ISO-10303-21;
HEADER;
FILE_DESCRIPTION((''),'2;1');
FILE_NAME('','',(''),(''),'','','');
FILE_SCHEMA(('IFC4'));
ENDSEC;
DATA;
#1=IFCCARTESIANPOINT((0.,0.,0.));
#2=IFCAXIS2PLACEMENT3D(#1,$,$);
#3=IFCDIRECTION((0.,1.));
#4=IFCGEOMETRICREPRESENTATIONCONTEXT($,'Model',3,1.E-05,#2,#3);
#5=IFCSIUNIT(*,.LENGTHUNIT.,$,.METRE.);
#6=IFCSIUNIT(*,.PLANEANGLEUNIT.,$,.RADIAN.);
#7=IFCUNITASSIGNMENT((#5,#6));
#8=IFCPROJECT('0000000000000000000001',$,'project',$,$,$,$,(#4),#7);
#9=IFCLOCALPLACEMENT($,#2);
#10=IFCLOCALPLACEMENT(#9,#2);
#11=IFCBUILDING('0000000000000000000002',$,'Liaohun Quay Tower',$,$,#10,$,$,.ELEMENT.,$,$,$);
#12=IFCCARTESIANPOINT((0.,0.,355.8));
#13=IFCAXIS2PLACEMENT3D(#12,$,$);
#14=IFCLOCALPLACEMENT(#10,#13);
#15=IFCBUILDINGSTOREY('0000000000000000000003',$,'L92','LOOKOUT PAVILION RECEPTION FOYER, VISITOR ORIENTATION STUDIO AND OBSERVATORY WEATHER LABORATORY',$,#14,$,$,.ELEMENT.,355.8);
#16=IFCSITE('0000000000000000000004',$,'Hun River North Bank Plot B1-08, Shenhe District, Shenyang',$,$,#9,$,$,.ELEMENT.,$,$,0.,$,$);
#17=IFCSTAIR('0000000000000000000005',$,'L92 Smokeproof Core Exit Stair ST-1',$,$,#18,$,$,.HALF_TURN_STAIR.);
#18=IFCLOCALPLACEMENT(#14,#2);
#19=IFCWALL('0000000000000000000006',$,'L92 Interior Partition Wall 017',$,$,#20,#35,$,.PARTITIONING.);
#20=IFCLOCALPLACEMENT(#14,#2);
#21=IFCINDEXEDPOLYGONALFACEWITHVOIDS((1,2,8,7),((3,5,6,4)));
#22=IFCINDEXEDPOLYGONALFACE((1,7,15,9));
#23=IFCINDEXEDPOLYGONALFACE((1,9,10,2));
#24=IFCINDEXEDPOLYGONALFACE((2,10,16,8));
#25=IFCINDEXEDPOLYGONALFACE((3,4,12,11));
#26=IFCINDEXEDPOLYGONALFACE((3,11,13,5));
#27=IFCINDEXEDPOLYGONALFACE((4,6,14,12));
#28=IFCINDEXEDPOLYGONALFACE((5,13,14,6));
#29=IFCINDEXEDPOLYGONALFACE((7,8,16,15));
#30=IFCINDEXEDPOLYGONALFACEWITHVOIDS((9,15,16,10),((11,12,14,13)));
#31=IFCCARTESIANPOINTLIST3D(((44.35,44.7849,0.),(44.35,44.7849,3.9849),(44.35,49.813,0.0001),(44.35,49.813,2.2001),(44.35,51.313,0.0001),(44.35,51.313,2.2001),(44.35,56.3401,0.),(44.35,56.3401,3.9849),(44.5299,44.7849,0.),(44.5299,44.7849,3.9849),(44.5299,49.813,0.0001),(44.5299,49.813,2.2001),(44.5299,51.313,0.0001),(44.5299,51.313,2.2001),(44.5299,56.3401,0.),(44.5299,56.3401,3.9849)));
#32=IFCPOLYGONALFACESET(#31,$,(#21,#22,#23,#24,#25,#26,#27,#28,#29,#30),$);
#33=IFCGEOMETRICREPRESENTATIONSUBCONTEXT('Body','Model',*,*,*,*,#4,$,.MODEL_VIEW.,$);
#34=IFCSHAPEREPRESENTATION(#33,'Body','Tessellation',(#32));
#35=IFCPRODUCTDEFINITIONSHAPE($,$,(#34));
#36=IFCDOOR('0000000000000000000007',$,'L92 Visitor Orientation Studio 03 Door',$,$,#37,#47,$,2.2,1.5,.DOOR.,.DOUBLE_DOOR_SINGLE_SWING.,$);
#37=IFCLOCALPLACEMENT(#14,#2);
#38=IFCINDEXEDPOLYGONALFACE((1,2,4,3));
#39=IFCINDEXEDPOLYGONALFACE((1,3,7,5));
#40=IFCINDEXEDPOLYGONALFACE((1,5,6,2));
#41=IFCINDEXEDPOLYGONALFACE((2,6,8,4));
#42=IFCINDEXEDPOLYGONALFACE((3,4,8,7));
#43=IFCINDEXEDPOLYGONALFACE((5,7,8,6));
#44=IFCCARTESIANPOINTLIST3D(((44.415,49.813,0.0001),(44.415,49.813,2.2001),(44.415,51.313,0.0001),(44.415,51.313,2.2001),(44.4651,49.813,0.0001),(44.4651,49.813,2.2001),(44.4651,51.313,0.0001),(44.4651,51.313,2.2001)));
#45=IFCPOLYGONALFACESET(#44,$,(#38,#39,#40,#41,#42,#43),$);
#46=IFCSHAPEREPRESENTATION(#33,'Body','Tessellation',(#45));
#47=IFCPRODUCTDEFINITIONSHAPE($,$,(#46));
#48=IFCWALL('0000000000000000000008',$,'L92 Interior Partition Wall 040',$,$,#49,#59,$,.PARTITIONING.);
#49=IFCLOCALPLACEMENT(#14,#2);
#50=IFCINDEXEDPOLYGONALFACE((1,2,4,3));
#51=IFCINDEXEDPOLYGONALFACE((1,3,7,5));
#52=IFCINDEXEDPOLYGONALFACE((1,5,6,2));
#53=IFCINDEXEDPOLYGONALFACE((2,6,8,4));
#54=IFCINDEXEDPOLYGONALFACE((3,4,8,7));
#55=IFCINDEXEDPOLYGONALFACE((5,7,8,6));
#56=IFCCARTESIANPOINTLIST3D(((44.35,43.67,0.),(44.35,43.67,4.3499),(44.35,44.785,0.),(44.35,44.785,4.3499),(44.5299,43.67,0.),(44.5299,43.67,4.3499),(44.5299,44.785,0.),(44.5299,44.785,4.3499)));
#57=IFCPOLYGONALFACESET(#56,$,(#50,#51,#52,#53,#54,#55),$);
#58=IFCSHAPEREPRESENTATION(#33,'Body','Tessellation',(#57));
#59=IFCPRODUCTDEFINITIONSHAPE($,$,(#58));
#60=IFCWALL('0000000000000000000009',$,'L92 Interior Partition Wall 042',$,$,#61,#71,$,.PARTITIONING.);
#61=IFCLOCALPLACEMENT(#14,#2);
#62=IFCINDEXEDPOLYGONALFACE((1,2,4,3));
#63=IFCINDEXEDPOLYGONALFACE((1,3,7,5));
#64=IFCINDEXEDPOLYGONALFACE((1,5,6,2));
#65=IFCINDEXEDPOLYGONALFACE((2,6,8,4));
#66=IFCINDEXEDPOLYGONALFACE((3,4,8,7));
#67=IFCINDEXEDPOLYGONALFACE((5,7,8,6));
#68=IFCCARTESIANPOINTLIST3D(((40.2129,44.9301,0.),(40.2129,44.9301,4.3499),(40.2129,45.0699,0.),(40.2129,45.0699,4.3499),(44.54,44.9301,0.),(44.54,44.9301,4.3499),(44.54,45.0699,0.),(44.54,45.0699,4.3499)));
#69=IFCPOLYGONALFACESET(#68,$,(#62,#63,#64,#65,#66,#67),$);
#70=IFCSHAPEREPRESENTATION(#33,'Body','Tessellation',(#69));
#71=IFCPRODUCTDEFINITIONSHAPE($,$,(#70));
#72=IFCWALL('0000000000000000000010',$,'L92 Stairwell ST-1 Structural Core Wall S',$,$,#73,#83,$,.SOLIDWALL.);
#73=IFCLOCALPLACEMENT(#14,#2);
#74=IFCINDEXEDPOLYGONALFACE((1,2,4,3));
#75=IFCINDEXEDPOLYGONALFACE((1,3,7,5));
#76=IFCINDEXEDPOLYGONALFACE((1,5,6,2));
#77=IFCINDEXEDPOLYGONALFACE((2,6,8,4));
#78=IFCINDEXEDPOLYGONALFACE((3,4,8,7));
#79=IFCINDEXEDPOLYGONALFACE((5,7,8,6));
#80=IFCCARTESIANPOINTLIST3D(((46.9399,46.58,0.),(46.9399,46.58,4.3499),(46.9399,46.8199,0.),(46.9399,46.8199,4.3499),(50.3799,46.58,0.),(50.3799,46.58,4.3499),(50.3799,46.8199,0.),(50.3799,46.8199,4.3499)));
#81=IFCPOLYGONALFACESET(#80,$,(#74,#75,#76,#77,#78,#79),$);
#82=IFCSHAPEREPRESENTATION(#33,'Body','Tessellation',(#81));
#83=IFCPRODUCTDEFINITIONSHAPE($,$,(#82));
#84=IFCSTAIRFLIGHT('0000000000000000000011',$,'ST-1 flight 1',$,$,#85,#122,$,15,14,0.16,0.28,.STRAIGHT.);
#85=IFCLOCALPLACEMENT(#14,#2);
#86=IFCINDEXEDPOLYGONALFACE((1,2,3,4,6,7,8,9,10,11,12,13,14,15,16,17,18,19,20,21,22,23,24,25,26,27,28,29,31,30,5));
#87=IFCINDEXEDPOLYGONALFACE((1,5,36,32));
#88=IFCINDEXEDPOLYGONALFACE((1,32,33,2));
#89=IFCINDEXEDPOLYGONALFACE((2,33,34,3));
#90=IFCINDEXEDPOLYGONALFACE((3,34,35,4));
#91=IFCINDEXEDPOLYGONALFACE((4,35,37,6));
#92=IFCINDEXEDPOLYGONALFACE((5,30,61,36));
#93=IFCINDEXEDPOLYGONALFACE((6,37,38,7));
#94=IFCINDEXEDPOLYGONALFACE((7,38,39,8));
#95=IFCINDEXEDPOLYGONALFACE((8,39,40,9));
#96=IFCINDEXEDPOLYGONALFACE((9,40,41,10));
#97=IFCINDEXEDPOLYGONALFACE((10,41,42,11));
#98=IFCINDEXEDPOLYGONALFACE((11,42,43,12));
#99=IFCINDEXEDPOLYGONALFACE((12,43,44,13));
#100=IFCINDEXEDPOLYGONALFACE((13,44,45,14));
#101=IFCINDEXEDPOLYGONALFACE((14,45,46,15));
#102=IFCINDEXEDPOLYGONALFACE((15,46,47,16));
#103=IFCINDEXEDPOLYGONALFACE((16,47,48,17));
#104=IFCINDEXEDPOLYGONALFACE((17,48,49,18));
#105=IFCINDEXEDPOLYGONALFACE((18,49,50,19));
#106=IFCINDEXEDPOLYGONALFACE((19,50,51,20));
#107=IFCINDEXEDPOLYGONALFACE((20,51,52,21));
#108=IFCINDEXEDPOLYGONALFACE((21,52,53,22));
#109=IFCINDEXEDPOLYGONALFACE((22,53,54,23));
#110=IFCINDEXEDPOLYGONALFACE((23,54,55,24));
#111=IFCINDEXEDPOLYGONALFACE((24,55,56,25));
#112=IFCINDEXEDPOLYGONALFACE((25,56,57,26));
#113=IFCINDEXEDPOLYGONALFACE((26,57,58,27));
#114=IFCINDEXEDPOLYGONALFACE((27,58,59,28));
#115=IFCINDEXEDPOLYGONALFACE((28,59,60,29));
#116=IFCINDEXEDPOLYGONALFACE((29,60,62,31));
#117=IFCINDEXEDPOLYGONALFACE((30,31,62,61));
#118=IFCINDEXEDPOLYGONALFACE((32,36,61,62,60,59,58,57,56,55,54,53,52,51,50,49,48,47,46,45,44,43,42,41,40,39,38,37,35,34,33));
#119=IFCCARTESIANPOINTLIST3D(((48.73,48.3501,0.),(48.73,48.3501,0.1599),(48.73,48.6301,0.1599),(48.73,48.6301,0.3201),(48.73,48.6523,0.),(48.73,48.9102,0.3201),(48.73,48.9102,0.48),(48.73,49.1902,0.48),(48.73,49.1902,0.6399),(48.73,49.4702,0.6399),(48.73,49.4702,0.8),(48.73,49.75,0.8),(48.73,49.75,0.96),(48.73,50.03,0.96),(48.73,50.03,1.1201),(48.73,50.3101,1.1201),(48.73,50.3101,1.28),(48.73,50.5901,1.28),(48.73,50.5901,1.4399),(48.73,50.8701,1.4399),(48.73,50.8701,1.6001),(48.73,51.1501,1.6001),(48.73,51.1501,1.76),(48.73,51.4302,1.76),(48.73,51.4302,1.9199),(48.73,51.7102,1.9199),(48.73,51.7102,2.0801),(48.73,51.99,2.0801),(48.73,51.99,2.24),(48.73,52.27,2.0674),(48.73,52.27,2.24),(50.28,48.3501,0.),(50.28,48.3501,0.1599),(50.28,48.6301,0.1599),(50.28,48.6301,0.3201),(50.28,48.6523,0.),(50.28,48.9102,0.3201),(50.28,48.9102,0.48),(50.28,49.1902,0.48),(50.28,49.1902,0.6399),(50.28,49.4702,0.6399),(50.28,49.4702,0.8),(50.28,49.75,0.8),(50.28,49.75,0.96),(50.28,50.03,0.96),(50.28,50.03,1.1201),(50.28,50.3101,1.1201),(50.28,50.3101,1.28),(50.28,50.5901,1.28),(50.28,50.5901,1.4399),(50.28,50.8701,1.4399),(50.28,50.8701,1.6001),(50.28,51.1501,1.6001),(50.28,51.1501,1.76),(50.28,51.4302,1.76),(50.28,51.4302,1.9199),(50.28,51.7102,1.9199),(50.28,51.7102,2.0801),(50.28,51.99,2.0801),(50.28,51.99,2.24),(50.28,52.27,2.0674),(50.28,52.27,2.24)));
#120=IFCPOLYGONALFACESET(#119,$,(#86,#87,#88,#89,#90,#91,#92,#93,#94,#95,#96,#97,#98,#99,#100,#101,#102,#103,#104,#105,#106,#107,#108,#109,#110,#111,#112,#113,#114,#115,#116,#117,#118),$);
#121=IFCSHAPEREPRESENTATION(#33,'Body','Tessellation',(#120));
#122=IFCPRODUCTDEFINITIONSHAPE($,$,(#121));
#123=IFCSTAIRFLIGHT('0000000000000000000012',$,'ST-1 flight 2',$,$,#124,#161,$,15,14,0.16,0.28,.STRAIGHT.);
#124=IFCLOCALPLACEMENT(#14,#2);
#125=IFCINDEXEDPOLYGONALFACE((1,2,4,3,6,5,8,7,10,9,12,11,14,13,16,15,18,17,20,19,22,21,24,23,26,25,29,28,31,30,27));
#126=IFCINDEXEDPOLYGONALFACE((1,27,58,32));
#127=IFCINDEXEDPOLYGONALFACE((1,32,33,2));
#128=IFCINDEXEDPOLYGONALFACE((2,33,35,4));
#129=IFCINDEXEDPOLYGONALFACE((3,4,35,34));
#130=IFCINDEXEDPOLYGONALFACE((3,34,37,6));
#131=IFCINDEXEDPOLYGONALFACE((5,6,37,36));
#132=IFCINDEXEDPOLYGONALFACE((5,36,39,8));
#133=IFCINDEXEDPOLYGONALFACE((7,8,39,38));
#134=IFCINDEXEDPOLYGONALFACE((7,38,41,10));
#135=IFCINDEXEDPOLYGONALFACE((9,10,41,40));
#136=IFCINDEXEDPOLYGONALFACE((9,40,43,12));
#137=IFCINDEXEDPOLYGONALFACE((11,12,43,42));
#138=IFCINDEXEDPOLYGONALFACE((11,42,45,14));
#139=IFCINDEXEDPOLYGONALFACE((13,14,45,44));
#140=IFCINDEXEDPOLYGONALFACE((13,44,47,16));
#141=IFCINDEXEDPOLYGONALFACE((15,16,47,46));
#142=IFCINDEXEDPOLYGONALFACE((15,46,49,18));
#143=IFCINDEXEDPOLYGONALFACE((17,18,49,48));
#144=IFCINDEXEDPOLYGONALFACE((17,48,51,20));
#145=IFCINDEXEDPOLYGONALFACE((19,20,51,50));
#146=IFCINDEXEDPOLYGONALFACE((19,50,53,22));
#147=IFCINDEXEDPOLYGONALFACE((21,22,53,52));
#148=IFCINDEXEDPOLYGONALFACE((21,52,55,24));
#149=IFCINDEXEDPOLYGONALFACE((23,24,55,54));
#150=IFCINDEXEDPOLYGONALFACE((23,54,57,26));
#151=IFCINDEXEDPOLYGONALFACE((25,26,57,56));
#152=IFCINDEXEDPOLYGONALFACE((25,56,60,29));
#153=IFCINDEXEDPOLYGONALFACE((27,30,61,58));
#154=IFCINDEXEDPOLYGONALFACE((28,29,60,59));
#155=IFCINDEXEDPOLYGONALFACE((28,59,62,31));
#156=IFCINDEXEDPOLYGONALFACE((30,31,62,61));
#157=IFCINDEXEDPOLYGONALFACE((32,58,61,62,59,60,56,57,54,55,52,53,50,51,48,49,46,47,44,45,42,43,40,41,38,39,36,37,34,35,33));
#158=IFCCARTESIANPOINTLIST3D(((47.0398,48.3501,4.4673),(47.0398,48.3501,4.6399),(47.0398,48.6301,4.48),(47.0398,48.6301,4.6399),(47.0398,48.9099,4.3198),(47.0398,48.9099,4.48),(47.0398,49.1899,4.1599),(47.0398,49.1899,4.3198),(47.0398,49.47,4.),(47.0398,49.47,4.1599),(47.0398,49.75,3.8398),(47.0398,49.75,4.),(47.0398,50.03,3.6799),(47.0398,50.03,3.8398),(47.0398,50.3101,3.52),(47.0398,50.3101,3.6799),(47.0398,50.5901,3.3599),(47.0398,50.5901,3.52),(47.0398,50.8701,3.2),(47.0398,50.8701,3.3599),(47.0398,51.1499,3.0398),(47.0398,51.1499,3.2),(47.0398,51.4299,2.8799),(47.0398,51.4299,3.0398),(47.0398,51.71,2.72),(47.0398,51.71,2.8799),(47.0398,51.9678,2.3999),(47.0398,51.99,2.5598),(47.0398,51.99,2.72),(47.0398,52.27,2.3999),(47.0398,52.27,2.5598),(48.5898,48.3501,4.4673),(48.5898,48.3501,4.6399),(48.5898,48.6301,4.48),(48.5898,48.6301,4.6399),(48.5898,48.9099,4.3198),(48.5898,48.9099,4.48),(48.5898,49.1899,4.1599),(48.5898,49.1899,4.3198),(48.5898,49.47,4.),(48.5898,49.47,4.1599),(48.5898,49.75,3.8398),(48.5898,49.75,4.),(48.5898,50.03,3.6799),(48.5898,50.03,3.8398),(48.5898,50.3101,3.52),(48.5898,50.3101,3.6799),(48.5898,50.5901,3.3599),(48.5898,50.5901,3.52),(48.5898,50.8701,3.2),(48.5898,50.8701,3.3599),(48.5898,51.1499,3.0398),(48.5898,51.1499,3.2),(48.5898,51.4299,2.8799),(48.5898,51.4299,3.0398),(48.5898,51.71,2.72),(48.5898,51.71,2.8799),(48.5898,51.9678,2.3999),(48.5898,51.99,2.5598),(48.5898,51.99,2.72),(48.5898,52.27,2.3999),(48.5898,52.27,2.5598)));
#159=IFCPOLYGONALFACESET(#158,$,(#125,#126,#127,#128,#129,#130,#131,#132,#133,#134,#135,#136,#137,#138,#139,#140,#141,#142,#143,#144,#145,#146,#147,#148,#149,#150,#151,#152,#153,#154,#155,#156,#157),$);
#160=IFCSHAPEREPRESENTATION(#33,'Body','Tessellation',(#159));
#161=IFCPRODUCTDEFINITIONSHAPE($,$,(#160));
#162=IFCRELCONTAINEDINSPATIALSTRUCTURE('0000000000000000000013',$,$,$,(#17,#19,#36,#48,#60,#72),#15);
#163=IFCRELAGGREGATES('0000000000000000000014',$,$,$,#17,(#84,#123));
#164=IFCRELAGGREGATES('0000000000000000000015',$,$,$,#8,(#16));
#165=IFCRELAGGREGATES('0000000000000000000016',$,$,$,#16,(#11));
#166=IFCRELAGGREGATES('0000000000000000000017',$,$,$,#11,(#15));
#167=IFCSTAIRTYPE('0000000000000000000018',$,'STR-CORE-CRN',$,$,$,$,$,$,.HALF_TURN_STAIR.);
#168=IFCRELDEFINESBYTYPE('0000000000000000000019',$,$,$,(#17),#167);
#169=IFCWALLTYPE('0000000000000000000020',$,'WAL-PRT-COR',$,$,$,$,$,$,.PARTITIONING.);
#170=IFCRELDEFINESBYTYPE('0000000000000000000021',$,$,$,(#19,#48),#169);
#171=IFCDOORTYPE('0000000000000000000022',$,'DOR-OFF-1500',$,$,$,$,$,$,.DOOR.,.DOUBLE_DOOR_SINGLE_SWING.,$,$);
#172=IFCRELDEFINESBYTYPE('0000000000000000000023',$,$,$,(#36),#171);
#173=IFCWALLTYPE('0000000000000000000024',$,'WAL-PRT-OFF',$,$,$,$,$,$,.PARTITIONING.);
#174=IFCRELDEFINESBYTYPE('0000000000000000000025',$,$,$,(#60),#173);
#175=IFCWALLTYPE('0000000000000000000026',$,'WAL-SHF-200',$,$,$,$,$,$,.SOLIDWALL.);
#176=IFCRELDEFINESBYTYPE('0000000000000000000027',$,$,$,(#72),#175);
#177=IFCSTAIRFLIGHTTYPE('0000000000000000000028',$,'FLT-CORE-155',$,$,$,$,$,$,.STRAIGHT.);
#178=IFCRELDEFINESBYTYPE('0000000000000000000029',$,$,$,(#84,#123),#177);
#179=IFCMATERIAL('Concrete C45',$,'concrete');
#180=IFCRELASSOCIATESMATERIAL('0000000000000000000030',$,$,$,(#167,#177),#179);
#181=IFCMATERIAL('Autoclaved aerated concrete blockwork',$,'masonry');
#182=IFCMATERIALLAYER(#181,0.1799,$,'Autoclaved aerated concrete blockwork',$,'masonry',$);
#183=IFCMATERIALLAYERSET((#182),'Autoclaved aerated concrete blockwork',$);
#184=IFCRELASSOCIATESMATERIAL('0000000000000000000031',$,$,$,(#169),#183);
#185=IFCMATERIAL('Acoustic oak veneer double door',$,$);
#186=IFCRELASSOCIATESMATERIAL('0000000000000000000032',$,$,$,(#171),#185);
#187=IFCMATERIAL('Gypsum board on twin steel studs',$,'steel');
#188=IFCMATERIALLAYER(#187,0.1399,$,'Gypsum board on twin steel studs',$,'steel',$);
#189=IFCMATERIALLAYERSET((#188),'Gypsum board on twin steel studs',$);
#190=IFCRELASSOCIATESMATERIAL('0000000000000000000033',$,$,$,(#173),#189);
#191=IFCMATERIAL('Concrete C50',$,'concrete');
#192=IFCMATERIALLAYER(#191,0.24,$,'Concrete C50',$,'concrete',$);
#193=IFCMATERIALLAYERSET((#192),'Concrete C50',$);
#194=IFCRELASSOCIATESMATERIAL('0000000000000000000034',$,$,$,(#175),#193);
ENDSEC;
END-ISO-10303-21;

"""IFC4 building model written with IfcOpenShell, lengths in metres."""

from ifc_helpers import new_model, si_unit, direction, frame, frame_2d, origin, place, context, subcontext, project, spatial, polyline, rectangle, outline, extrude, source, transform, mapped, material, layer, layer_set, type_object, element, fill, aggregate, save


model = new_model("IFC4")

# Units and contexts
model_context = context("Model", 3, precision=1e-05, world=origin(), true_north=direction((0.0, 1.0)))
body_context = subcontext(model_context, "Body", "Model", "MODEL_VIEW")
ifc_project = project(units=[si_unit("LENGTHUNIT", "METRE"), si_unit("PLANEANGLEUNIT", "RADIAN")], contexts=[model_context])

# Site, building, storey
site_placement = place(None, origin())
site = spatial("IfcSite", under=ifc_project, at=site_placement, Name="Hun River North Bank Plot B1-08, Shenhe District, Shenyang", CompositionType="ELEMENT", RefElevation=0.0)
building_placement = place(site_placement, origin())
building = spatial("IfcBuilding", under=site, at=building_placement, Name="Liaohun Quay Tower", CompositionType="ELEMENT")
storey_placement = place(building_placement, frame((0.0, 0.0, 355.8)))
storey = spatial("IfcBuildingStorey", under=building, at=storey_placement, Name="L92", Description="LOOKOUT PAVILION RECEPTION FOYER, VISITOR ORIENTATION STUDIO AND OBSERVATORY WEATHER LABORATORY", CompositionType="ELEMENT", Elevation=355.8)

# Shared definitions
ifc_material_1 = material(Name="Concrete C50", Category="concrete")

# Stair
ifc_material_2 = material(Name="Concrete C45", Category="concrete")
stair_type = type_object("IfcStairType", Name="STR-CORE-CRN", PredefinedType="HALF_TURN_STAIR", material=ifc_material_2)
stair_1_placement = place(storey_placement, origin())
stair_1 = element("IfcStair", 1, at=stair_1_placement, inside=storey, type_object=stair_type, Name="L92 Smokeproof Core Exit Stair ST-1", PredefinedType="HALF_TURN_STAIR")

# Wall, opening, door
ifc_material_3 = material(Name="Autoclaved aerated concrete blockwork", Category="masonry")
ifc_layer_1 = layer(ifc_material_3, 0.1799, Name="Autoclaved aerated concrete blockwork", Category="masonry")
ifc_layer_set_1 = layer_set([ifc_layer_1], Name="Autoclaved aerated concrete blockwork")
wall_type_1 = type_object("IfcWallType", Name="WAL-PRT-COR", PredefinedType="PARTITIONING", material=ifc_layer_set_1)
wall_1_placement = place(storey_placement, frame((44.4399, 44.7849, 0.0), z_axis=(0.0, 0.0, 1.0), x_axis=(0.0, 1.0, 0.0)))
wall_1 = element("IfcWall", 2, at=wall_1_placement, inside=storey, type_object=wall_type_1, Name="L92 Interior Partition Wall 017", PredefinedType="PARTITIONING", context=body_context, shape_type="SweptSolid", body=[
    extrude(rectangle(XDim=11.5552, YDim=0.1799, at=frame_2d((5.7776, 0.0))), origin(), (0.0, 0.0, 1.0), 3.9849),
])
shared_shape_1 = source(origin(), body_context, "Body", "SweptSolid", [
    extrude(rectangle(XDim=1.5, YDim=2.2, at=frame_2d((0.75, 1.1001))), frame((0.0, 0.0999, 0.0), z_axis=(0.0, -1.0, 0.0), x_axis=(1.0, 0.0, 0.0)), (0.0, 0.0, 1.0), 0.2),
])
opening_1_placement = place(wall_1_placement, frame((5.0281, 0.0, 0.0)))
opening_1 = element("IfcOpeningElement", 3, at=opening_1_placement, cuts=wall_1, PredefinedType="OPENING", context=body_context, shape_type="MappedRepresentation", body=[
    mapped(shared_shape_1, transform((0.0, 0.0, 0.0), x_axis=(1.0, 0.0, 0.0), y_axis=(0.0, 1.0, 0.0), z_axis=(0.0, 0.0, 1.0), scale=1.0)),
])
ifc_material_4 = material(Name="Acoustic oak veneer double door")
door_type_1 = type_object("IfcDoorType", Name="DOR-OFF-1500", OperationType="DOUBLE_DOOR_SINGLE_SWING", PredefinedType="DOOR", material=ifc_material_4)
shared_shape_2 = source(origin(), body_context, "Body", "SweptSolid", [
    extrude(rectangle(XDim=1.5, YDim=2.2, at=frame_2d((0.75, 1.1001))), frame((0.0, 0.0249, 0.0), z_axis=(0.0, -1.0, 0.0), x_axis=(1.0, 0.0, 0.0)), (0.0, 0.0, 1.0), 0.05),
])
door_1_placement = place(opening_1_placement, origin())
door_1 = element("IfcDoor", 4, at=door_1_placement, inside=storey, type_object=door_type_1, Name="L92 Visitor Orientation Studio 03 Door", OperationType="DOUBLE_DOOR_SINGLE_SWING", OverallHeight=2.2, OverallWidth=1.5, PredefinedType="DOOR", context=body_context, shape_type="MappedRepresentation", body=[
    mapped(shared_shape_2, transform((0.0, 0.0, 0.0), x_axis=(1.0, 0.0, 0.0), y_axis=(0.0, 1.0, 0.0), z_axis=(0.0, 0.0, 1.0), scale=1.0)),
])
fill(opening_1, door_1)

# Walls
wall_2_placement = place(storey_placement, frame((44.4399, 43.6699, 0.0), z_axis=(0.0, 0.0, 1.0), x_axis=(0.0, 1.0, 0.0)))
element("IfcWall", 5, at=wall_2_placement, inside=storey, type_object=wall_type_1, Name="L92 Interior Partition Wall 040", PredefinedType="PARTITIONING", context=body_context, shape_type="SweptSolid", body=[
    extrude(rectangle(XDim=1.115, YDim=0.1799, at=frame_2d((0.5576, 0.0))), origin(), (0.0, 0.0, 1.0), 4.3499),
])
ifc_material_5 = material(Name="Gypsum board on twin steel studs", Category="steel")
ifc_layer_2 = layer(ifc_material_5, 0.1399, Name="Gypsum board on twin steel studs", Category="steel")
ifc_layer_set_2 = layer_set([ifc_layer_2], Name="Gypsum board on twin steel studs")
wall_type_2 = type_object("IfcWallType", Name="WAL-PRT-OFF", PredefinedType="PARTITIONING", material=ifc_layer_set_2)
wall_3_placement = place(storey_placement, frame((44.54, 45.0, 0.0), z_axis=(0.0, 0.0, 1.0), x_axis=(-1.0, 0.0, 0.0)))
element("IfcWall", 6, at=wall_3_placement, inside=storey, type_object=wall_type_2, Name="L92 Interior Partition Wall 042", PredefinedType="PARTITIONING", context=body_context, shape_type="SweptSolid", body=[
    extrude(rectangle(XDim=4.3271, YDim=0.1399, at=frame_2d((2.1636, 0.0))), origin(), (0.0, 0.0, 1.0), 4.3499),
])
ifc_layer_3 = layer(ifc_material_1, 0.24, Name="Concrete C50", Category="concrete")
ifc_layer_set_3 = layer_set([ifc_layer_3], Name="Concrete C50")
wall_type_3 = type_object("IfcWallType", Name="WAL-SHF-200", PredefinedType="SOLIDWALL", material=ifc_layer_set_3)
wall_4_placement = place(storey_placement, frame((46.9399, 46.7, 0.0), z_axis=(0.0, 0.0, 1.0), x_axis=(1.0, 0.0, 0.0)))
element("IfcWall", 7, at=wall_4_placement, inside=storey, type_object=wall_type_3, Name="L92 Stairwell ST-1 Structural Core Wall S", PredefinedType="SOLIDWALL", context=body_context, shape_type="SweptSolid", body=[
    extrude(rectangle(XDim=3.4399, YDim=0.24, at=frame_2d((1.72, 0.0))), origin(), (0.0, 0.0, 1.0), 4.3499),
])

# Stair flights
stair_flight_type = type_object("IfcStairFlightType", Name="FLT-CORE-155", PredefinedType="STRAIGHT", material=ifc_material_2)
stair_flight_1_placement = place(storey_placement, frame((49.5049, 48.3501, 0.0), z_axis=(0.0, 0.0, 1.0), x_axis=(0.0, 1.0, 0.0)))
stair_flight_1 = element("IfcStairFlight", 8, at=stair_flight_1_placement, type_object=stair_flight_type, Name="ST-1 flight 1", NumberOfRisers=15, NumberOfTreads=14, PredefinedType="STRAIGHT", RiserHeight=0.16, TreadLength=0.28, context=body_context, shape_type="SweptSolid", body=[
    extrude(outline(polyline([(0.0, 0.0), (0.0, 0.1599), (0.28, 0.1599), (0.28, 0.3201), (0.5601, 0.3201), (0.5601, 0.48), (0.8401, 0.48), (0.8401, 0.6399), (1.1201, 0.6399), (1.1201, 0.8), (1.3999, 0.8), (1.3999, 0.96), (1.6799, 0.96), (1.6799, 1.1201), (1.96, 1.1201), (1.96, 1.28), (2.24, 1.28), (2.24, 1.4399), (2.52, 1.4399), (2.52, 1.6001), (2.8, 1.6001), (2.8, 1.76), (3.0801, 1.76), (3.0801, 1.9199), (3.3601, 1.9199), (3.3601, 2.0801), (3.6399, 2.0801), (3.6399, 2.24), (3.9199, 2.24), (3.9199, 2.3999), (3.9199, 2.0674), (0.3022, 0.0), (0.0, 0.0)])), frame((0.0, 0.7749, 0.0), z_axis=(0.0, -1.0, 0.0), x_axis=(1.0, 0.0, 0.0)), (0.0, 0.0, 1.0), 1.55),
])
stair_flight_2_placement = place(storey_placement, frame((47.8149, 52.27, 2.3999), z_axis=(0.0, 0.0, 1.0), x_axis=(0.0, -1.0, 0.0)))
stair_flight_2 = element("IfcStairFlight", 9, at=stair_flight_2_placement, type_object=stair_flight_type, Name="ST-1 flight 2", NumberOfRisers=15, NumberOfTreads=14, PredefinedType="STRAIGHT", RiserHeight=0.16, TreadLength=0.28, context=body_context, shape_type="SweptSolid", body=[
    extrude(outline(polyline([(0.0, 0.0), (0.0, 0.1599), (0.28, 0.1599), (0.28, 0.3201), (0.5601, 0.3201), (0.5601, 0.48), (0.8401, 0.48), (0.8401, 0.6399), (1.1201, 0.6399), (1.1201, 0.8), (1.3999, 0.8), (1.3999, 0.96), (1.6799, 0.96), (1.6799, 1.1201), (1.96, 1.1201), (1.96, 1.28), (2.24, 1.28), (2.24, 1.4399), (2.52, 1.4399), (2.52, 1.6001), (2.8, 1.6001), (2.8, 1.76), (3.0801, 1.76), (3.0801, 1.9199), (3.3601, 1.9199), (3.3601, 2.0801), (3.6399, 2.0801), (3.6399, 2.24), (3.9199, 2.24), (3.9199, 2.3999), (3.9199, 2.0674), (0.3022, 0.0), (0.0, 0.0)])), frame((0.0, 0.7749, 0.0), z_axis=(0.0, -1.0, 0.0), x_axis=(1.0, 0.0, 0.0)), (0.0, 0.0, 1.0), 1.55),
])
aggregate(stair_1, [stair_flight_1, stair_flight_2])

save(model, "model.ifc")
